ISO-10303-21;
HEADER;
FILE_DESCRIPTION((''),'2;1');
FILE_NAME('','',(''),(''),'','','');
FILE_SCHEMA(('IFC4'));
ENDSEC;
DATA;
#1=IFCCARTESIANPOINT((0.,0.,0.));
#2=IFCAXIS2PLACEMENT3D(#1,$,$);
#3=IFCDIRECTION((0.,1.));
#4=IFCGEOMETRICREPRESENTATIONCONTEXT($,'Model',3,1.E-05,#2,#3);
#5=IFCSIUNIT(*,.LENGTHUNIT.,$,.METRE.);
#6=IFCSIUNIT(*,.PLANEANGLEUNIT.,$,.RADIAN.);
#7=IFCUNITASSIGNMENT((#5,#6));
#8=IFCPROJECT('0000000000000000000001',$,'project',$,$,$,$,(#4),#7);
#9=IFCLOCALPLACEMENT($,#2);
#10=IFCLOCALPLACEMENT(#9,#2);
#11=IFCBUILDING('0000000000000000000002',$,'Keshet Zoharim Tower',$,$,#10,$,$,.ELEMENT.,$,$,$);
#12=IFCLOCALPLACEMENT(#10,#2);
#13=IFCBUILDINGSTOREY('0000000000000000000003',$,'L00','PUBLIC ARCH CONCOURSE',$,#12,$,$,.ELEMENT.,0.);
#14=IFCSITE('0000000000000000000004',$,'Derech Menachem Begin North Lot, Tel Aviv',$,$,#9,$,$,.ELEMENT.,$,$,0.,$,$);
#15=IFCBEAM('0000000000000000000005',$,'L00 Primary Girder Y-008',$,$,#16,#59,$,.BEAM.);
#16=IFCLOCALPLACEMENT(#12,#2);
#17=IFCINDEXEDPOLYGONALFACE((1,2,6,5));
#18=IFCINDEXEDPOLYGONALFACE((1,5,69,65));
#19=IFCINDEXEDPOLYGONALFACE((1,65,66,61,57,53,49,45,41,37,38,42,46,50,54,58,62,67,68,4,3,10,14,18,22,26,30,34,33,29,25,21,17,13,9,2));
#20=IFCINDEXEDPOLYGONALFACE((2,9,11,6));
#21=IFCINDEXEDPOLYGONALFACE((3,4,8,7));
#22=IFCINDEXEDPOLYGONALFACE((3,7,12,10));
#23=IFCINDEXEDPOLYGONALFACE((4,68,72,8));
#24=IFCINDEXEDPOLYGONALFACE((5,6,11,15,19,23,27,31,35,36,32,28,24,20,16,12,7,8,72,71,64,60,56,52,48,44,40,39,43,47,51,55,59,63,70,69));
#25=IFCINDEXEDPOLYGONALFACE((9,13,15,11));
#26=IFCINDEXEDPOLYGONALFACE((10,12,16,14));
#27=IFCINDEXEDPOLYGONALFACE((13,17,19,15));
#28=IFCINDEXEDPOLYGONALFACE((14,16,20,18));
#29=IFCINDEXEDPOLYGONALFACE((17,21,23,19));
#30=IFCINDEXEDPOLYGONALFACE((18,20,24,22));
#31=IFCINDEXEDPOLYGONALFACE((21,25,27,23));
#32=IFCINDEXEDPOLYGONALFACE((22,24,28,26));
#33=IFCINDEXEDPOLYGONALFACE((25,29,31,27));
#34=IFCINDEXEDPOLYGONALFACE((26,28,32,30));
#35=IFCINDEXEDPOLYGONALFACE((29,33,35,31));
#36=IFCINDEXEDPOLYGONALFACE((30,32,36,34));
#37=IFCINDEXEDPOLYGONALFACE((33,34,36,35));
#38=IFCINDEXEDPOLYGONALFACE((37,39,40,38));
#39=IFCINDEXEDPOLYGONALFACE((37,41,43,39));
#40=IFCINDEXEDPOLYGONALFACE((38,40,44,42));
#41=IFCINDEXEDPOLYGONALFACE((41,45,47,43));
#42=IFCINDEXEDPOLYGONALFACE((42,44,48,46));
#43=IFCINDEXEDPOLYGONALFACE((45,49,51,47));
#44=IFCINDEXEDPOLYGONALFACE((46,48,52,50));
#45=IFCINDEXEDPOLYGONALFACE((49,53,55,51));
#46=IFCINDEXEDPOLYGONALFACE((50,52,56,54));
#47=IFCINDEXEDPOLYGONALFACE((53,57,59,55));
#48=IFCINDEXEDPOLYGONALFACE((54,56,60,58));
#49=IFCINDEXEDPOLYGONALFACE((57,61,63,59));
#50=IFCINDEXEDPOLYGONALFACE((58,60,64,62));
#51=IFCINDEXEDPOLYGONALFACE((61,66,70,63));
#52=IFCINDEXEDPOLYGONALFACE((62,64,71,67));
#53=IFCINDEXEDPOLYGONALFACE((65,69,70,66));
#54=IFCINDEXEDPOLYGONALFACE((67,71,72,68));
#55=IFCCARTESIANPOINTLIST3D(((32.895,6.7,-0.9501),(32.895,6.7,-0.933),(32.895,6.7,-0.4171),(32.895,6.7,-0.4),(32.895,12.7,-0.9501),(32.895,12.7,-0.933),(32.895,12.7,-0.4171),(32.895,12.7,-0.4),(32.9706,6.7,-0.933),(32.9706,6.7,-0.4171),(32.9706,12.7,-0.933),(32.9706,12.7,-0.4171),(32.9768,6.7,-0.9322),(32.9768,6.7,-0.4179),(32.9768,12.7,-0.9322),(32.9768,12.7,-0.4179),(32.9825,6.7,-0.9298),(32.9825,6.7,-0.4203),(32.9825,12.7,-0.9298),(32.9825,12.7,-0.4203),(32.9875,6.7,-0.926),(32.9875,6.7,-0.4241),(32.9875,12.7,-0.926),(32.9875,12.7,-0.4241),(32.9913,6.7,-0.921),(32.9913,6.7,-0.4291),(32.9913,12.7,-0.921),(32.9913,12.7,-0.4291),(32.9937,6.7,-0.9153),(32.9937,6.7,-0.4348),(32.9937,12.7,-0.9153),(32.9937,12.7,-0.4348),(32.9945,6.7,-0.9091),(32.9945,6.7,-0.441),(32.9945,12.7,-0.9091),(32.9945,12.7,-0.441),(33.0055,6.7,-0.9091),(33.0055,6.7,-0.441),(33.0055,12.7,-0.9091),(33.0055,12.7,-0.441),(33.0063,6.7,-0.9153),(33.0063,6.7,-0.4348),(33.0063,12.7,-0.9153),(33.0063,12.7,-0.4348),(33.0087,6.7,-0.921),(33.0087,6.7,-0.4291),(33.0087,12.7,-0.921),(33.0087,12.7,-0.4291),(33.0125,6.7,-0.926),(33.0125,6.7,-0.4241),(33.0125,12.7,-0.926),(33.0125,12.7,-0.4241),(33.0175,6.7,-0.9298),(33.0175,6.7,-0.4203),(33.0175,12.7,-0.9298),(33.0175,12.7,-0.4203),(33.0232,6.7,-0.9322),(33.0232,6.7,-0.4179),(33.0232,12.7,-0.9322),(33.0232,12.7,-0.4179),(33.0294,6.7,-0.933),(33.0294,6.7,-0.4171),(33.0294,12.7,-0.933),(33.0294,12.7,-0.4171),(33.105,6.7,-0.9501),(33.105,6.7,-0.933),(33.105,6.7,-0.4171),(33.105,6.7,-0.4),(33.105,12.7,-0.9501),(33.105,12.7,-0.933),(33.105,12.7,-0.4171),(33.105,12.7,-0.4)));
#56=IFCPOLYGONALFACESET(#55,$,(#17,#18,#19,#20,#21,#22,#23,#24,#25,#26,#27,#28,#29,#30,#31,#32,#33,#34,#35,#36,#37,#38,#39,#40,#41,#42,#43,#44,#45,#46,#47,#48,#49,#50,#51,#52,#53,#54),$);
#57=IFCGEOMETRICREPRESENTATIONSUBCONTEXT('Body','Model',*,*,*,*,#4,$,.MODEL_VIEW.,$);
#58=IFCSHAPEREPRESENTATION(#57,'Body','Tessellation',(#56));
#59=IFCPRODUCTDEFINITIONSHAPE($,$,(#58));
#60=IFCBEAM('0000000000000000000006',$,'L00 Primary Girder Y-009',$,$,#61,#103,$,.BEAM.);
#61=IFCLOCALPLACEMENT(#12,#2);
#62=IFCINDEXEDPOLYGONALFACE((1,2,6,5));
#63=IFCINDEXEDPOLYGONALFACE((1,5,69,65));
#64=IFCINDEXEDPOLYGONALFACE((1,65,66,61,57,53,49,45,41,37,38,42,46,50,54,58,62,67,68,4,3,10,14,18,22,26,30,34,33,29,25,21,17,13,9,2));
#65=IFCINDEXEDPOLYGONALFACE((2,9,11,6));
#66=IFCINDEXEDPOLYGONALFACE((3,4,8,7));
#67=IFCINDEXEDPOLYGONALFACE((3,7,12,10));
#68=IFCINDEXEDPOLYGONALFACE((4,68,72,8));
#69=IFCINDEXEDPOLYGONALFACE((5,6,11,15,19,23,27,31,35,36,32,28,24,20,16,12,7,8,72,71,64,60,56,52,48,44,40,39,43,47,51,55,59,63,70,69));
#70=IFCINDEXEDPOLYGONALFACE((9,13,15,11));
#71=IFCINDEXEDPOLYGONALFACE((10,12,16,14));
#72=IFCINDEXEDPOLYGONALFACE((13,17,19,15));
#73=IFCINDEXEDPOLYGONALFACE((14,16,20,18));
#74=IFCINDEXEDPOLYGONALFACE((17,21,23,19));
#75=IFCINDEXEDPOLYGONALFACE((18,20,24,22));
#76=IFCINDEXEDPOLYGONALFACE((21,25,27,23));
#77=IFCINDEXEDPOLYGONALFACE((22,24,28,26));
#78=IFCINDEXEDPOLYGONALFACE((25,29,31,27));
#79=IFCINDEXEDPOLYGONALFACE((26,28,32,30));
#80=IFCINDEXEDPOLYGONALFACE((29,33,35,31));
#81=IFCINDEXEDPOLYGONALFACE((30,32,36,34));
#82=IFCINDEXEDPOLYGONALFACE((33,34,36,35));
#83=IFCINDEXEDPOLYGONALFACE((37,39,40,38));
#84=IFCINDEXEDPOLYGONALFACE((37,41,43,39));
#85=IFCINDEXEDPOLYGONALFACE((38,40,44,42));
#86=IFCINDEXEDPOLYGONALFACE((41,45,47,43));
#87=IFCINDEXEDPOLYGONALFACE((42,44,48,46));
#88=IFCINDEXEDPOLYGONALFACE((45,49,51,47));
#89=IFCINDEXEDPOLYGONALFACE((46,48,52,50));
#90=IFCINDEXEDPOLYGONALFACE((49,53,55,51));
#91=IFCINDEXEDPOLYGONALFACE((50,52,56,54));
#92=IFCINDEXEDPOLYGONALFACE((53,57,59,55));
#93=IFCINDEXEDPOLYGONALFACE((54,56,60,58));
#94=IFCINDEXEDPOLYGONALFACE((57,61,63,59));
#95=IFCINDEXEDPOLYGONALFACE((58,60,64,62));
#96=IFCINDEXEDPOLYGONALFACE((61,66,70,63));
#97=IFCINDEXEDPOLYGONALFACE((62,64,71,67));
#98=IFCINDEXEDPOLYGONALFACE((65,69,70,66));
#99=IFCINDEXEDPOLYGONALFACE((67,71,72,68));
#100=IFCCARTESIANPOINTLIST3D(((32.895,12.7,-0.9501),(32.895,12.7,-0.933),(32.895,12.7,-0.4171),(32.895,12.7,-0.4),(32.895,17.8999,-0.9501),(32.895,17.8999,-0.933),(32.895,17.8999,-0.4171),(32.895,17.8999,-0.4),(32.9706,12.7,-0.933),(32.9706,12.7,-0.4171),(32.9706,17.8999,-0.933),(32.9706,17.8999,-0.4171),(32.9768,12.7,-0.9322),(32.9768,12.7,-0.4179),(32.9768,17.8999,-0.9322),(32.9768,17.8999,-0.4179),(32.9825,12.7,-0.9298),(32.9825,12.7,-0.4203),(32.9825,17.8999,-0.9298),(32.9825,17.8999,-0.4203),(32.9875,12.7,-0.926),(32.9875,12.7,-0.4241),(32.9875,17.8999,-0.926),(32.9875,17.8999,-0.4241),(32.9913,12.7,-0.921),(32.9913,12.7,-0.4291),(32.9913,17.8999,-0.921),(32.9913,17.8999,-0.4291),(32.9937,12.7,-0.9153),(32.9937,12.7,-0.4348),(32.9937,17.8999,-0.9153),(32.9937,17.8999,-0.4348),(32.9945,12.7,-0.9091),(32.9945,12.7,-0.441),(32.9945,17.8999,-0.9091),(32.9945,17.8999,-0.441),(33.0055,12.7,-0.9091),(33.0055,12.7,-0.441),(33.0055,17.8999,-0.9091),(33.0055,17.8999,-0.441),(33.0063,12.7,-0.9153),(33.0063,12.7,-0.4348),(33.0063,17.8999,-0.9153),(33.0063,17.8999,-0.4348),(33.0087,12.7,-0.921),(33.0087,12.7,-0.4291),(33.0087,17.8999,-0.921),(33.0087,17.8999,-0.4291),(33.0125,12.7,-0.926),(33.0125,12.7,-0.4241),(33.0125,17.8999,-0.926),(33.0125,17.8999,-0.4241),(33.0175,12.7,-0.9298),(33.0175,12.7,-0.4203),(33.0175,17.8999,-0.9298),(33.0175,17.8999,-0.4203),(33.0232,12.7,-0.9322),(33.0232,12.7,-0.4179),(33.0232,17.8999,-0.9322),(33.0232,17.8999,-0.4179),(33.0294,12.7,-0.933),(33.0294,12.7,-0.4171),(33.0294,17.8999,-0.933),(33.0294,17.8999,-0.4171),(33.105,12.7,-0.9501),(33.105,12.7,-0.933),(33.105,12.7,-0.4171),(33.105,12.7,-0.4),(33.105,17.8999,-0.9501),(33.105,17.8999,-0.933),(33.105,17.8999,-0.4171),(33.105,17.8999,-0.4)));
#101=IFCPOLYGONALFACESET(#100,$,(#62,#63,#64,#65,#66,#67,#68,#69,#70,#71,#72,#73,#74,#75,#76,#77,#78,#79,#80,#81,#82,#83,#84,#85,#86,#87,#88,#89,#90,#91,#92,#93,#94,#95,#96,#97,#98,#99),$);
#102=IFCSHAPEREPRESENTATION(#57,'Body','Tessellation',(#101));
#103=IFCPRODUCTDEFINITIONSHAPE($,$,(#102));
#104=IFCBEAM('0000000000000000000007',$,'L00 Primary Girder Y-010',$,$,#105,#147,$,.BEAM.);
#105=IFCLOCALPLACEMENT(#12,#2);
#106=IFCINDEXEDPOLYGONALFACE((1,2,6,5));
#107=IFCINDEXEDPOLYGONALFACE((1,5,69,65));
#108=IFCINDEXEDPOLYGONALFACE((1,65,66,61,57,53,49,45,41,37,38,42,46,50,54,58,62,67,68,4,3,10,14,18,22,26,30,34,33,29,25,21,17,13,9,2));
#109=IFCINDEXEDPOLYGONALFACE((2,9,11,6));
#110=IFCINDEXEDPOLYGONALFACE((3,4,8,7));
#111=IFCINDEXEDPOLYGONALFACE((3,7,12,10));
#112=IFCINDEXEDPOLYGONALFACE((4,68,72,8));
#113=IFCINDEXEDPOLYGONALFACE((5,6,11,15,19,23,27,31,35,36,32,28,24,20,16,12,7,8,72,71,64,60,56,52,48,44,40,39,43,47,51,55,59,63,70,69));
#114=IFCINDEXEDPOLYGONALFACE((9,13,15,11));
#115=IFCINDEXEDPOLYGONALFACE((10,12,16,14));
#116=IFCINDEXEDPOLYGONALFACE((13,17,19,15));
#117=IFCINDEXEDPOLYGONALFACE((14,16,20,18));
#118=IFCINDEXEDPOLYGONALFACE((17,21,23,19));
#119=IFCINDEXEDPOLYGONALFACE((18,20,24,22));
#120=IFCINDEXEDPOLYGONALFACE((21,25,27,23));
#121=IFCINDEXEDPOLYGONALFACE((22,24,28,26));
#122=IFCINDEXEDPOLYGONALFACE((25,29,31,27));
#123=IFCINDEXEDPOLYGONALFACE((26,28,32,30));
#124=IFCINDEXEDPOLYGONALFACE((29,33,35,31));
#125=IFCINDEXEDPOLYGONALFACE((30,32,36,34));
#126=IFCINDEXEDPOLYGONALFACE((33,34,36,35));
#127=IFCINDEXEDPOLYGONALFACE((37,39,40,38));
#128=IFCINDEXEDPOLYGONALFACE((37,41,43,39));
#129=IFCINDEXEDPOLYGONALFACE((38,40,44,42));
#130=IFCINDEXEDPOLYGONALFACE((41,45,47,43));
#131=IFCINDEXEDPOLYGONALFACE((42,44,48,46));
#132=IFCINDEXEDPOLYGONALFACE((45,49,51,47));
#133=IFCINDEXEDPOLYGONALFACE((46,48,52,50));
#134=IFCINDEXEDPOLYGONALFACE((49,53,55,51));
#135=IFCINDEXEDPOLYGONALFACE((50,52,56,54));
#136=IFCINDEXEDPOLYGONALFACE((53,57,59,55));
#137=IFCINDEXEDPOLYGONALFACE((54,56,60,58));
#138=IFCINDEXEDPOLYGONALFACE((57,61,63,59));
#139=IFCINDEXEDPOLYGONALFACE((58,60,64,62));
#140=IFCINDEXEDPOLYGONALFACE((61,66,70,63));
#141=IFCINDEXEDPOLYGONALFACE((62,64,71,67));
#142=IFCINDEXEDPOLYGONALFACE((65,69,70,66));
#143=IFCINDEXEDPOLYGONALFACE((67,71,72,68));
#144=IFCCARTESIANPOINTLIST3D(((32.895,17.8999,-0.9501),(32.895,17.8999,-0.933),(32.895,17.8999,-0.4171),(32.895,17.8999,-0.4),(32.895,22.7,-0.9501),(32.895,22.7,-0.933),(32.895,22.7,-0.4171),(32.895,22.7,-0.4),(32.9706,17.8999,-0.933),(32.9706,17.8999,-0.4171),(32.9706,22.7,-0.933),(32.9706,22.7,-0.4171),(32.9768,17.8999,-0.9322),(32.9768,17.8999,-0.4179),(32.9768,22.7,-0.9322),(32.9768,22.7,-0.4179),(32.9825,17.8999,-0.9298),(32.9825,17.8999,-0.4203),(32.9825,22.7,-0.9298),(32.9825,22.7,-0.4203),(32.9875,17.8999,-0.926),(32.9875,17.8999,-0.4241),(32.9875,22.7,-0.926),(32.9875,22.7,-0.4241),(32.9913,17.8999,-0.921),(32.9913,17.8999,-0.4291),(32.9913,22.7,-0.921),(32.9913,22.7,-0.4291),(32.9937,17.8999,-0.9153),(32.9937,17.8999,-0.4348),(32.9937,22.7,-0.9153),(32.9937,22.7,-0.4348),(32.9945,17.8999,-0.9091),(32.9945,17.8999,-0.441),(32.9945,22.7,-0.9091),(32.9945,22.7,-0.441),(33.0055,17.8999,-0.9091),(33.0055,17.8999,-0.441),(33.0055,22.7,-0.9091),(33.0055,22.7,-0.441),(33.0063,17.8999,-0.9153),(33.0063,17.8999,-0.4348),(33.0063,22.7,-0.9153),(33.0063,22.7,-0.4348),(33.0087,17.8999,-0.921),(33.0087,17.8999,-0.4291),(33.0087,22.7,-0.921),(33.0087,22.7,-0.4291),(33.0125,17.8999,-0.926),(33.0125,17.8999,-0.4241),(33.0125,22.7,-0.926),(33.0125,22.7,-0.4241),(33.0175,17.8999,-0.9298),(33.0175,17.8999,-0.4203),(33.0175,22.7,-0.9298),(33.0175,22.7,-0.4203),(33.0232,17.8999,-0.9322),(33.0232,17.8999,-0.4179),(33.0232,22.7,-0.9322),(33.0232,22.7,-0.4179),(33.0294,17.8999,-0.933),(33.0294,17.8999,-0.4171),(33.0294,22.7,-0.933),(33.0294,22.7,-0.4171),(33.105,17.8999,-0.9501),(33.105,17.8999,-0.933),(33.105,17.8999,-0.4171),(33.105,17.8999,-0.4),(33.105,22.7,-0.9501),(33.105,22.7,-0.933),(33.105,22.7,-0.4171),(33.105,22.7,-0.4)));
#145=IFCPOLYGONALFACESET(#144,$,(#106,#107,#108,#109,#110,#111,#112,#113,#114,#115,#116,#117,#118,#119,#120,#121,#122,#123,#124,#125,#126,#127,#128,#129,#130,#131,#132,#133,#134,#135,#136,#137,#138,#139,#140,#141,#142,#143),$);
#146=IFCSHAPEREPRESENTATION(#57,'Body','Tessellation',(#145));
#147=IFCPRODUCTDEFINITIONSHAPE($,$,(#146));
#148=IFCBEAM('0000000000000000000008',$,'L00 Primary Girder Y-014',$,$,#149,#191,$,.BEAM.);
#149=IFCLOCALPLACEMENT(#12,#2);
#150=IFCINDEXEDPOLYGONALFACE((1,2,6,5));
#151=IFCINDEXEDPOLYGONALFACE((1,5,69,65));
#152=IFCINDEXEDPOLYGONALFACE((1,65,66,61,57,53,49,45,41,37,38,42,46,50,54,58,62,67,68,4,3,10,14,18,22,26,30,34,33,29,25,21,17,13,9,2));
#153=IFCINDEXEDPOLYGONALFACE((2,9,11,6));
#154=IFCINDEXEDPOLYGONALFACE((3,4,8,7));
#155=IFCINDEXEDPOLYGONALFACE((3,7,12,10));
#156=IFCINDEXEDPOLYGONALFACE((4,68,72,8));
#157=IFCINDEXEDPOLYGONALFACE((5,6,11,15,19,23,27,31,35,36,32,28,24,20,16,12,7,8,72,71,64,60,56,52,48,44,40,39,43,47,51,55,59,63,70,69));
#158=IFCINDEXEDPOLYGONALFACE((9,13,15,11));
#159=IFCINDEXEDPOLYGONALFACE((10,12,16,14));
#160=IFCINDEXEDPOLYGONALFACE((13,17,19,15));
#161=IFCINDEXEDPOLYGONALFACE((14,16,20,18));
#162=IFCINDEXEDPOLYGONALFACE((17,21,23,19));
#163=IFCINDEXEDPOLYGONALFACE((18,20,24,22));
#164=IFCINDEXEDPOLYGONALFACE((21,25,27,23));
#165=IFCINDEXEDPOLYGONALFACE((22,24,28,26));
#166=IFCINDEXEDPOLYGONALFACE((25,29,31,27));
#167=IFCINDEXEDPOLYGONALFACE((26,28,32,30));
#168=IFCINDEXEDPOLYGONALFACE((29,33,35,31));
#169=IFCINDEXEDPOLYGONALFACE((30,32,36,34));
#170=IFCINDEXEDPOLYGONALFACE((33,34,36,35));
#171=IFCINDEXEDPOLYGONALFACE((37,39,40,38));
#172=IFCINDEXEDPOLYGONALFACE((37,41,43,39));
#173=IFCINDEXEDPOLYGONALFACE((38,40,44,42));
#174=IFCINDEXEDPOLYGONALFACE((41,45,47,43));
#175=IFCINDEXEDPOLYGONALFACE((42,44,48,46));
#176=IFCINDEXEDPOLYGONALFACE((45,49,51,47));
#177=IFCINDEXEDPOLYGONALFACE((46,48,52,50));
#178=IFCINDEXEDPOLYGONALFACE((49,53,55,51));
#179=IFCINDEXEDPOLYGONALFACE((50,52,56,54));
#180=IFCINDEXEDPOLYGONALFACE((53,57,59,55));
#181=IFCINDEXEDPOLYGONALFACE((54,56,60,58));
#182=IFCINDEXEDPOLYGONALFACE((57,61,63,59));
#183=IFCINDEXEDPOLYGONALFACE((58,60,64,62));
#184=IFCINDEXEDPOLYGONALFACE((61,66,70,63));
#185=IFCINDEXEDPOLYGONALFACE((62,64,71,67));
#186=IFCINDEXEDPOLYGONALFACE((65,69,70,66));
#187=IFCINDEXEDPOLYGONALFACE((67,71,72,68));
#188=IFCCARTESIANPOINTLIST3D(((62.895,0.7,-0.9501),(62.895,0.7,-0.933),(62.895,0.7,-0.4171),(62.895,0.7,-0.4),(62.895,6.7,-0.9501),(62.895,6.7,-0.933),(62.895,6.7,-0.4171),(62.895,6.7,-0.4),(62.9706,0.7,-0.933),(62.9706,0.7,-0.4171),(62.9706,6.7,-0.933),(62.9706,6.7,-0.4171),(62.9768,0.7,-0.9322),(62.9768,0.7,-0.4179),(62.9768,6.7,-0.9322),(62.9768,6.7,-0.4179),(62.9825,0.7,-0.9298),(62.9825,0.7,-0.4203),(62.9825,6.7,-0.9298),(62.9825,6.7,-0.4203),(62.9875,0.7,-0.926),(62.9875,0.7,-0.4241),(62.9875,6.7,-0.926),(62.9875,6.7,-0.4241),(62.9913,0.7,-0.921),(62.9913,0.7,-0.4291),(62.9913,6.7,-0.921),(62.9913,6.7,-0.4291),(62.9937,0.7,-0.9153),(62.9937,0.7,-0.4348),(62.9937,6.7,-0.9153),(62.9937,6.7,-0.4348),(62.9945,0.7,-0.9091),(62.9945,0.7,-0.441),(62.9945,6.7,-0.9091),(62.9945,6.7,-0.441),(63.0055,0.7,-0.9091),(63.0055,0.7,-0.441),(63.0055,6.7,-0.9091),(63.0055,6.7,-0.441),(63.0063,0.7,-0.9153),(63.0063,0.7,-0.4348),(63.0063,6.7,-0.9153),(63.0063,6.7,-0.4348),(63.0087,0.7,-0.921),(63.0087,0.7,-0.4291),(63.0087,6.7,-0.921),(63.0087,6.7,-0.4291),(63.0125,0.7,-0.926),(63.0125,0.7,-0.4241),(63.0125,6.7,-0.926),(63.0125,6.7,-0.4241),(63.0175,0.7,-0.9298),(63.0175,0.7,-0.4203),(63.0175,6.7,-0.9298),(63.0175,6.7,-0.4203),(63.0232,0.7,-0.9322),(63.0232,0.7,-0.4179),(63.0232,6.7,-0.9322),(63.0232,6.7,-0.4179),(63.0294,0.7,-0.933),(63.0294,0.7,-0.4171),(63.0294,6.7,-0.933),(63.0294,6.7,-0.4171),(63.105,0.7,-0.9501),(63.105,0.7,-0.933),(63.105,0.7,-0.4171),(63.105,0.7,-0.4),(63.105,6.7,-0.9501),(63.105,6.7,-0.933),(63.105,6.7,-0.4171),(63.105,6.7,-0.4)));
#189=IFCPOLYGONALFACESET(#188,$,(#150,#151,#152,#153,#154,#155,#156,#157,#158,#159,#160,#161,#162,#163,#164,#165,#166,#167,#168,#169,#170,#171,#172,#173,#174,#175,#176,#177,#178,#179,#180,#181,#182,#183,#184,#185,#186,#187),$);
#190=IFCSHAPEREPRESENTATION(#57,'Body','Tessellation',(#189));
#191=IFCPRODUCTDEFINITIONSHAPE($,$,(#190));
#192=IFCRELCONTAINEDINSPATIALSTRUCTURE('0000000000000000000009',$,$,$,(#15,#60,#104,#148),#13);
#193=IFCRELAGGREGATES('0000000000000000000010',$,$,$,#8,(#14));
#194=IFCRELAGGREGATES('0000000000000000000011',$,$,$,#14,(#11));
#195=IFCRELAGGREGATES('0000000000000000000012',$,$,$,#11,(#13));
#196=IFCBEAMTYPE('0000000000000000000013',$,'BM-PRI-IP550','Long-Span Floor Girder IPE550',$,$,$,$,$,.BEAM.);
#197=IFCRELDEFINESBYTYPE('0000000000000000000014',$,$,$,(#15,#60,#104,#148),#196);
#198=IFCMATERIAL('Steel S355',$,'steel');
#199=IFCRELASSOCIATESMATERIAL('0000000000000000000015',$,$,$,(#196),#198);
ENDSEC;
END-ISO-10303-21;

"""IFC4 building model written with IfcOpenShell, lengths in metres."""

from ifc_helpers import new_model, si_unit, direction, frame, origin, origin_2d, place, context, subcontext, project, spatial, i_section, extrude, material, material_profile, profile_set, type_object, element, save


model = new_model("IFC4")

# Units and contexts
model_context = context("Model", 3, precision=1e-05, world=origin(), true_north=direction((0.0, 1.0)))
body_context = subcontext(model_context, "Body", "Model", "MODEL_VIEW")
ifc_project = project(units=[si_unit("LENGTHUNIT", "METRE"), si_unit("PLANEANGLEUNIT", "RADIAN")], contexts=[model_context])

# Site, building, storey
site_placement = place(None, origin())
site = spatial("IfcSite", under=ifc_project, at=site_placement, Name="Derech Menachem Begin North Lot, Tel Aviv", CompositionType="ELEMENT", RefElevation=0.0)
building_placement = place(site_placement, origin())
building = spatial("IfcBuilding", under=site, at=building_placement, Name="Keshet Zoharim Tower", CompositionType="ELEMENT")
storey_placement = place(building_placement, origin())
storey = spatial("IfcBuildingStorey", under=building, at=storey_placement, Name="L00", Description="PUBLIC ARCH CONCOURSE", CompositionType="ELEMENT", Elevation=0.0)

# Beams
ifc_material_1 = material(Name="Steel S355", Category="steel")
ifc_material_profile_1 = material_profile(ifc_material_1, i_section(OverallWidth=0.21, OverallDepth=0.55, WebThickness=0.011, FlangeThickness=0.0171, FilletRadius=0.0239, at=origin_2d()), Name="IPE550")
ifc_profile_set_1 = profile_set([ifc_material_profile_1], Name="Steel S355")
beam_type_1 = type_object("IfcBeamType", Name="BM-PRI-IP550", Description="Long-Span Floor Girder IPE550", PredefinedType="BEAM", material=ifc_profile_set_1)
beam_1_placement = place(storey_placement, frame((33.0, 6.7, -0.675), z_axis=(0.0, 1.0, 0.0), x_axis=(-1.0, 0.0, 0.0)))
element("IfcBeam", 1, at=beam_1_placement, inside=storey, type_object=beam_type_1, Name="L00 Primary Girder Y-008", PredefinedType="BEAM", context=body_context, shape_type="SweptSolid", body=[
    extrude(i_section(OverallWidth=0.21, OverallDepth=0.55, WebThickness=0.011, FlangeThickness=0.0171, FilletRadius=0.0239, at=origin_2d()), origin(), (0.0, 0.0, 1.0), 6.0),
])
beam_2_placement = place(storey_placement, frame((33.0, 12.7, -0.675), z_axis=(0.0, 1.0, 0.0), x_axis=(-1.0, 0.0, 0.0)))
element("IfcBeam", 2, at=beam_2_placement, inside=storey, type_object=beam_type_1, Name="L00 Primary Girder Y-009", PredefinedType="BEAM", context=body_context, shape_type="SweptSolid", body=[
    extrude(i_section(OverallWidth=0.21, OverallDepth=0.55, WebThickness=0.011, FlangeThickness=0.0171, FilletRadius=0.0239, at=origin_2d()), origin(), (0.0, 0.0, 1.0), 5.2),
])
beam_3_placement = place(storey_placement, frame((33.0, 17.8999, -0.675), z_axis=(0.0, 1.0, 0.0), x_axis=(-1.0, 0.0, 0.0)))
element("IfcBeam", 3, at=beam_3_placement, inside=storey, type_object=beam_type_1, Name="L00 Primary Girder Y-010", PredefinedType="BEAM", context=body_context, shape_type="SweptSolid", body=[
    extrude(i_section(OverallWidth=0.21, OverallDepth=0.55, WebThickness=0.011, FlangeThickness=0.0171, FilletRadius=0.0239, at=origin_2d()), origin(), (0.0, 0.0, 1.0), 4.8),
])
beam_4_placement = place(storey_placement, frame((63.0, 0.7, -0.675), z_axis=(0.0, 1.0, 0.0), x_axis=(-1.0, 0.0, 0.0)))
element("IfcBeam", 4, at=beam_4_placement, inside=storey, type_object=beam_type_1, Name="L00 Primary Girder Y-014", PredefinedType="BEAM", context=body_context, shape_type="SweptSolid", body=[
    extrude(i_section(OverallWidth=0.21, OverallDepth=0.55, WebThickness=0.011, FlangeThickness=0.0171, FilletRadius=0.0239, at=origin_2d()), origin(), (0.0, 0.0, 1.0), 6.0),
])

save(model, "model.ifc")
